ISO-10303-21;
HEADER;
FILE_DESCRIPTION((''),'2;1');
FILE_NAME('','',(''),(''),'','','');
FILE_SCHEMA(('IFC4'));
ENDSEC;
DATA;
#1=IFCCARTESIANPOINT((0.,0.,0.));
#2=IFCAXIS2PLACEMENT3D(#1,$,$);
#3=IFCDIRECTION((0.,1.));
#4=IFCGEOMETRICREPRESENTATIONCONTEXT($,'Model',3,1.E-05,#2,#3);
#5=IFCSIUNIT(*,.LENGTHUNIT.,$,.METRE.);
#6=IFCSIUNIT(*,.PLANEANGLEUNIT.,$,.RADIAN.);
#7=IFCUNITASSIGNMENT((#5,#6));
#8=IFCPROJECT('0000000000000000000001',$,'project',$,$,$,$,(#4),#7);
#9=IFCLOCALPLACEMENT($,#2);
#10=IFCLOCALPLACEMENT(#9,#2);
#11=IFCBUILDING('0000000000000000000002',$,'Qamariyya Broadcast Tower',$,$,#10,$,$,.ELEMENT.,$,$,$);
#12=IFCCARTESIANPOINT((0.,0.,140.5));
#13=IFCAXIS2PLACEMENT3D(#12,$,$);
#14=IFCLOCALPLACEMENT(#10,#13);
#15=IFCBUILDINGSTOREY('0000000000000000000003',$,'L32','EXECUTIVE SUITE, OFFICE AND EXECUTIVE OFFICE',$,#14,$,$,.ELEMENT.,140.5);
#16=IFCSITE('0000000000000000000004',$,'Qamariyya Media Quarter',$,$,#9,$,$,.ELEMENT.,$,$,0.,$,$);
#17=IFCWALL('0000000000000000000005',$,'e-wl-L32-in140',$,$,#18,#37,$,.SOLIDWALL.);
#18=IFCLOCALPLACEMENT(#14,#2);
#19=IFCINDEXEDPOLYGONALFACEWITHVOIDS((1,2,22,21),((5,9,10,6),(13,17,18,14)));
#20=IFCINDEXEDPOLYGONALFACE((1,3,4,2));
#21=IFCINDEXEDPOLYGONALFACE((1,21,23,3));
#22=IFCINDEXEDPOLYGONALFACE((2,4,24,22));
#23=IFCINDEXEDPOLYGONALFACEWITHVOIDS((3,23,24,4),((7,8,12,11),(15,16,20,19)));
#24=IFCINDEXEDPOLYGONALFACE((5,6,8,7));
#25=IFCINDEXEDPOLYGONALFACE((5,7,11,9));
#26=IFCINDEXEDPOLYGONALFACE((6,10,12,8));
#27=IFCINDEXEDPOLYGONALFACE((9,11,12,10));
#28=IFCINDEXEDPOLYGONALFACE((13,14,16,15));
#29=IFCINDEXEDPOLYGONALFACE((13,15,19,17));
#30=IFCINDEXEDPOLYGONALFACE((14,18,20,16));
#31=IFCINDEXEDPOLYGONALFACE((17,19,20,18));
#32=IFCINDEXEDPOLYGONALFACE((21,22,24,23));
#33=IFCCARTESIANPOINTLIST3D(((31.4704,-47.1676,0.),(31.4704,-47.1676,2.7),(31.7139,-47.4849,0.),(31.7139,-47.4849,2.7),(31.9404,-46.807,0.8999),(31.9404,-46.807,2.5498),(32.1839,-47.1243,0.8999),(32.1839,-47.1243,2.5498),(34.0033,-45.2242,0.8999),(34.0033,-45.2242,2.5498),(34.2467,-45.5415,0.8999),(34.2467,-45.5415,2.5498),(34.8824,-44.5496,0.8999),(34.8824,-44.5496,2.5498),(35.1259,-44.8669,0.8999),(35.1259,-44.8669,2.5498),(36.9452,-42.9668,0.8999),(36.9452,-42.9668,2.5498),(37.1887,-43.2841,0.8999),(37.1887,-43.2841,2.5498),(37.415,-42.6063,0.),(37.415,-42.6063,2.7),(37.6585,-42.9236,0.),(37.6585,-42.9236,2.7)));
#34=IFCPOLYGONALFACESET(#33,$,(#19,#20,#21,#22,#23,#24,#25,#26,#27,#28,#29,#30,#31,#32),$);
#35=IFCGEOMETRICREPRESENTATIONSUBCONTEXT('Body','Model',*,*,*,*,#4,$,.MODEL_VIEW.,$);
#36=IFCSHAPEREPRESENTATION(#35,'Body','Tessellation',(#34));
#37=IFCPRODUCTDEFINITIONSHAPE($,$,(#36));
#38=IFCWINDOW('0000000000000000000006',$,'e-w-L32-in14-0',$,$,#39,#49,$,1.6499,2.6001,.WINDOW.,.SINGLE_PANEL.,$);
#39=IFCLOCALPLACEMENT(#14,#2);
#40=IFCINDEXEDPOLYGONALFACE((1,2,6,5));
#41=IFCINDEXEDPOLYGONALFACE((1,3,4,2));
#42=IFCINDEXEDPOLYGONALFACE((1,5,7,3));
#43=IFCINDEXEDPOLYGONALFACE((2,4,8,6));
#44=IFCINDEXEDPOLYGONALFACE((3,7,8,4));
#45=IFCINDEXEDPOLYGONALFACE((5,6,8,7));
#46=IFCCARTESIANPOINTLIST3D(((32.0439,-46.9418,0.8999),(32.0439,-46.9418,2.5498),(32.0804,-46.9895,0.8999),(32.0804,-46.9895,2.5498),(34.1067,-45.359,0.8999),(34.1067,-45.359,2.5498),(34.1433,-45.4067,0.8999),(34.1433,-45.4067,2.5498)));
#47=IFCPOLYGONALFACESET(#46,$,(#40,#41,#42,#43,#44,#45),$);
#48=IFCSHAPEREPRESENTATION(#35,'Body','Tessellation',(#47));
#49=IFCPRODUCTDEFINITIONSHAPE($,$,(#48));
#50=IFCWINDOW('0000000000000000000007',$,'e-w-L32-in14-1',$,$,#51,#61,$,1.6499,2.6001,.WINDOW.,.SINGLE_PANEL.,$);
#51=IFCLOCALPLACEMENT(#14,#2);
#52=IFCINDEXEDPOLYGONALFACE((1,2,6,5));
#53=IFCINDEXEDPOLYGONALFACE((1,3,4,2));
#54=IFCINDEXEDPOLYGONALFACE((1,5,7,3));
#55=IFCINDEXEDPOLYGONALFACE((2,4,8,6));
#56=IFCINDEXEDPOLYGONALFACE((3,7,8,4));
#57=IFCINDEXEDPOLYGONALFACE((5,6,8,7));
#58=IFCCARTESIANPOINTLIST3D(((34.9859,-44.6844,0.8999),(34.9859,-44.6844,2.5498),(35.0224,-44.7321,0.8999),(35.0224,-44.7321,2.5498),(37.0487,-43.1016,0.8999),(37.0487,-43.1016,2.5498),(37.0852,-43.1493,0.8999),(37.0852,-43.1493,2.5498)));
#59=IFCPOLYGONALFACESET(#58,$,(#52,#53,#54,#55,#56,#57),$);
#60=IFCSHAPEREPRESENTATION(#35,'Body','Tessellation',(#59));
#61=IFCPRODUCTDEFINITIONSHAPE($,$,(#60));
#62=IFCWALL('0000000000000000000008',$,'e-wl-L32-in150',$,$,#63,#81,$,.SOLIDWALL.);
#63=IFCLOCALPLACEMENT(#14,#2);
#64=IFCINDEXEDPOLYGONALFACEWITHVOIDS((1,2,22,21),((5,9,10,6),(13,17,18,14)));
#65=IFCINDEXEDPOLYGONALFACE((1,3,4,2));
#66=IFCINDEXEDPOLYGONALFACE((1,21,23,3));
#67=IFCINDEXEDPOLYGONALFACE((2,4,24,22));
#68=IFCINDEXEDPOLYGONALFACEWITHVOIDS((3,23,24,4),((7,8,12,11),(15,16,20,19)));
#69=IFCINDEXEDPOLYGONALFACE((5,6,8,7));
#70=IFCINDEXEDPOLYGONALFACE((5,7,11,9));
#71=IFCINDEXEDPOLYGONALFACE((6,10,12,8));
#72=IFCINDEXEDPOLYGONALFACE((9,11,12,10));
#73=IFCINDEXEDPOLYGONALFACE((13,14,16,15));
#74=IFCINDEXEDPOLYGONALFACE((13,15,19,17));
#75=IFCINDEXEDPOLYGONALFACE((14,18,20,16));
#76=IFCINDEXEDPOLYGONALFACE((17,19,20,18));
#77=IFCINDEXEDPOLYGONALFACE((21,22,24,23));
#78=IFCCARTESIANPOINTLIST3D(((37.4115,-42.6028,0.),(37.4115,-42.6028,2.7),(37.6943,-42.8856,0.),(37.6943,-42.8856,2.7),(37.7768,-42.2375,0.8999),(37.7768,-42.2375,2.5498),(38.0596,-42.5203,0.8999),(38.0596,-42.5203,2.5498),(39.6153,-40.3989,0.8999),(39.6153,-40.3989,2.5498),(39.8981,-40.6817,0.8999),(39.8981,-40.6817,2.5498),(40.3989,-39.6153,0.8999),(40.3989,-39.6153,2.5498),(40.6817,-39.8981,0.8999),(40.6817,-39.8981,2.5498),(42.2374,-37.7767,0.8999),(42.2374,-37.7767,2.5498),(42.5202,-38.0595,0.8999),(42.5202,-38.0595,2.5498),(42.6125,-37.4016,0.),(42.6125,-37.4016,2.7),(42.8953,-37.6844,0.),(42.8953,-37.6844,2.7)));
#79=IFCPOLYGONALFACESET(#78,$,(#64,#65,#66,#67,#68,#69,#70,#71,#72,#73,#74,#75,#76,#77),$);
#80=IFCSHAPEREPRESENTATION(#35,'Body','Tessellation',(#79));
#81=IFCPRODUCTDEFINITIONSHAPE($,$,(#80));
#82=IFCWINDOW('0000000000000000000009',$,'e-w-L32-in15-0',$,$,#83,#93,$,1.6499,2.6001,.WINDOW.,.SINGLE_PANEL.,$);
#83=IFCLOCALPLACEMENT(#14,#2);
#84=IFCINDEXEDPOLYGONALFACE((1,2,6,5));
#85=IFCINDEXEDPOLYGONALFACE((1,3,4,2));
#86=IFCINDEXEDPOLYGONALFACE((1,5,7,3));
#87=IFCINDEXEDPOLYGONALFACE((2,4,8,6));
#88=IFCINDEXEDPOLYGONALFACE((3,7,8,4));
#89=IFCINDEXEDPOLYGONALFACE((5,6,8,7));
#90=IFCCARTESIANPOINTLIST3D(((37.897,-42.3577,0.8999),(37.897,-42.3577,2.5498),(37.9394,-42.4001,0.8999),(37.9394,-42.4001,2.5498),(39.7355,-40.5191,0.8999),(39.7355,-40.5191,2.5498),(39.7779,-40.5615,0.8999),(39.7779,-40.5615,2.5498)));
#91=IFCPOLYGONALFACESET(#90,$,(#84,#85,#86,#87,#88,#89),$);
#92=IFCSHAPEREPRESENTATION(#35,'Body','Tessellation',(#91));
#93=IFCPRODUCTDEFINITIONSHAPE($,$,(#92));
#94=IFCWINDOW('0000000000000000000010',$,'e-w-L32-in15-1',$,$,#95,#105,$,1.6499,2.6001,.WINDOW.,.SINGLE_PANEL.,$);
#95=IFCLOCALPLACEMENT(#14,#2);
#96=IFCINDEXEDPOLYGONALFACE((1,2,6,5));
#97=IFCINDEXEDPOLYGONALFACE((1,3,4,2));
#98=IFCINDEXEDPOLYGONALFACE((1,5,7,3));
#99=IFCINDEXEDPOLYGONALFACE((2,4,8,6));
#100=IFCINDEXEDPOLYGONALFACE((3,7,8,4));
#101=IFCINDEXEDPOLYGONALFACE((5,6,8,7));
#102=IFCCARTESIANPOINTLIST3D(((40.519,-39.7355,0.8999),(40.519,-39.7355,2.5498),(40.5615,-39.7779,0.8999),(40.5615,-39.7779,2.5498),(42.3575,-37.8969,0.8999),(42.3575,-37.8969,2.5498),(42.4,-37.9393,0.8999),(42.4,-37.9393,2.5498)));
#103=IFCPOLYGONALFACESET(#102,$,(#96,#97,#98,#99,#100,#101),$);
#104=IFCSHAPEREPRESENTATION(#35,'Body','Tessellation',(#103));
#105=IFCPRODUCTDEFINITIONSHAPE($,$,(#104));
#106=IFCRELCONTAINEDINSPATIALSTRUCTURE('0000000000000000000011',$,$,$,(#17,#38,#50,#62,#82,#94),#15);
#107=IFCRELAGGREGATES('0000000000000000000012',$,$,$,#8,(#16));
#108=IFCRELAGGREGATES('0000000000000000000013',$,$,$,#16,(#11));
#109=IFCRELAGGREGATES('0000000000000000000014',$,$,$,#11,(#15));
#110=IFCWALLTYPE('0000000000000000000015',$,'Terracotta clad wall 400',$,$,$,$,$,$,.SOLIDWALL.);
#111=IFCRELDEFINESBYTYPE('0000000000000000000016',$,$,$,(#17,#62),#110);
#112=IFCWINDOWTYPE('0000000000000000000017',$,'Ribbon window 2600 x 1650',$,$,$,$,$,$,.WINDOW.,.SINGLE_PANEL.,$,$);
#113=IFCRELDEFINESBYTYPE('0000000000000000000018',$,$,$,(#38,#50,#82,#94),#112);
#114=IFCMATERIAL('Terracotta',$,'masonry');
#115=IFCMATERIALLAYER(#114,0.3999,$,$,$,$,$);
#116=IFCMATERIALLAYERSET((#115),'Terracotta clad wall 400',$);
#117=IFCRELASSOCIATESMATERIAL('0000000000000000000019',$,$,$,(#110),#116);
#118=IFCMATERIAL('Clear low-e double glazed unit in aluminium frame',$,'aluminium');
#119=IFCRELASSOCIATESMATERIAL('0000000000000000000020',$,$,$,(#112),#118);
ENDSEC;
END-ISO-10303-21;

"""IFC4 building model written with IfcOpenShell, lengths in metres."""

from ifc_helpers import new_model, si_unit, direction, frame, frame_2d, origin, place, context, subcontext, project, spatial, rectangle, extrude, material, layer, layer_set, type_object, element, fill, save


model = new_model("IFC4")

# Units and contexts
model_context = context("Model", 3, precision=1e-05, world=origin(), true_north=direction((0.0, 1.0)))
body_context = subcontext(model_context, "Body", "Model", "MODEL_VIEW")
ifc_project = project(units=[si_unit("LENGTHUNIT", "METRE"), si_unit("PLANEANGLEUNIT", "RADIAN")], contexts=[model_context])

# Site, building, storey
site_placement = place(None, origin())
site = spatial("IfcSite", under=ifc_project, at=site_placement, Name="Qamariyya Media Quarter", CompositionType="ELEMENT", RefElevation=0.0)
building_placement = place(site_placement, origin())
building = spatial("IfcBuilding", under=site, at=building_placement, Name="Qamariyya Broadcast Tower", CompositionType="ELEMENT")
storey_placement = place(building_placement, frame((0.0, 0.0, 140.5)))
storey = spatial("IfcBuildingStorey", under=building, at=storey_placement, Name="L32", Description="EXECUTIVE SUITE, OFFICE AND EXECUTIVE OFFICE", CompositionType="ELEMENT", Elevation=140.5)

# Walls, openings, windows
ifc_material_1 = material(Name="Terracotta", Category="masonry")
ifc_layer_1 = layer(ifc_material_1, 0.3999)
ifc_layer_set_1 = layer_set([ifc_layer_1], Name="Terracotta clad wall 400")
wall_type_1 = type_object("IfcWallType", Name="Terracotta clad wall 400", PredefinedType="SOLIDWALL", material=ifc_layer_set_1)
ifc_material_2 = material(Name="Clear low-e double glazed unit in aluminium frame", Category="aluminium")
window_type = type_object("IfcWindowType", Name="Ribbon window 2600 x 1650", PartitioningType="SINGLE_PANEL", PredefinedType="WINDOW", material=ifc_material_2)
wall_1_placement = place(storey_placement, frame((37.5369, -42.7649, 0.0), z_axis=(0.0, 0.0, 1.0), x_axis=(-0.793363, -0.608748, 0.0)))
wall_1 = element("IfcWall", 1, at=wall_1_placement, inside=storey, type_object=wall_type_1, Name="e-wl-L32-in140", PredefinedType="SOLIDWALL", context=body_context, shape_type="SweptSolid", body=[
    extrude(rectangle(XDim=7.4929, YDim=0.3999, at=frame_2d((3.7466, 0.0))), origin(), (0.0, 0.0, 1.0), 2.7),
])
opening_1_placement = place(wall_1_placement, frame((4.3005, 0.0, 0.8999)))
opening_1 = element("IfcOpeningElement", 2, at=opening_1_placement, cuts=wall_1, PredefinedType="OPENING", context=body_context, shape_type="SweptSolid", body=[
    extrude(rectangle(XDim=2.6001, YDim=1.6499, at=frame_2d((1.3, 0.825))), frame((0.0, 0.21, 0.0), z_axis=(0.0, -1.0, 0.0), x_axis=(1.0, 0.0, 0.0)), (0.0, 0.0, 1.0), 0.4199),
])
opening_2_placement = place(wall_1_placement, frame((0.5923, 0.0, 0.8999)))
opening_2 = element("IfcOpeningElement", 3, at=opening_2_placement, cuts=wall_1, PredefinedType="OPENING", context=body_context, shape_type="SweptSolid", body=[
    extrude(rectangle(XDim=2.6001, YDim=1.6499, at=frame_2d((1.3, 0.825))), frame((0.0, 0.21, 0.0), z_axis=(0.0, -1.0, 0.0), x_axis=(1.0, 0.0, 0.0)), (0.0, 0.0, 1.0), 0.4199),
])
window_1_placement = place(opening_1_placement, origin())
window_1 = element("IfcWindow", 4, at=window_1_placement, inside=storey, type_object=window_type, Name="e-w-L32-in14-0", OverallHeight=1.6499, OverallWidth=2.6001, PartitioningType="SINGLE_PANEL", PredefinedType="WINDOW", context=body_context, shape_type="SweptSolid", body=[
    extrude(rectangle(XDim=2.6001, YDim=1.6499, at=frame_2d((1.3, 0.825))), frame((0.0, 0.03, 0.0), z_axis=(0.0, -1.0, 0.0), x_axis=(1.0, 0.0, 0.0)), (0.0, 0.0, 1.0), 0.0601),
])
fill(opening_1, window_1)
window_2_placement = place(opening_2_placement, origin())
window_2 = element("IfcWindow", 5, at=window_2_placement, inside=storey, type_object=window_type, Name="e-w-L32-in14-1", OverallHeight=1.6499, OverallWidth=2.6001, PartitioningType="SINGLE_PANEL", PredefinedType="WINDOW", context=body_context, shape_type="SweptSolid", body=[
    extrude(rectangle(XDim=2.6001, YDim=1.6499, at=frame_2d((1.3, 0.825))), frame((0.0, 0.03, 0.0), z_axis=(0.0, -1.0, 0.0), x_axis=(1.0, 0.0, 0.0)), (0.0, 0.0, 1.0), 0.0601),
])
fill(opening_2, window_2)
wall_2_placement = place(storey_placement, frame((42.7539, -37.543, 0.0), z_axis=(0.0, 0.0, 1.0), x_axis=(-0.70709, -0.707123, 0.0)))
wall_2 = element("IfcWall", 6, at=wall_2_placement, inside=storey, type_object=wall_type_1, Name="e-wl-L32-in150", PredefinedType="SOLIDWALL", context=body_context, shape_type="SweptSolid", body=[
    extrude(rectangle(XDim=7.3555, YDim=0.3999, at=frame_2d((3.6777, 0.0))), origin(), (0.0, 0.0, 1.0), 2.7),
])
opening_3_placement = place(wall_2_placement, frame((4.2388, 0.0, 0.8999)))
opening_3 = element("IfcOpeningElement", 7, at=opening_3_placement, cuts=wall_2, PredefinedType="OPENING", context=body_context, shape_type="SweptSolid", body=[
    extrude(rectangle(XDim=2.6001, YDim=1.6499, at=frame_2d((1.3, 0.825))), frame((0.0, 0.21, 0.0), z_axis=(0.0, -1.0, 0.0), x_axis=(1.0, 0.0, 0.0)), (0.0, 0.0, 1.0), 0.4199),
])
opening_4_placement = place(wall_2_placement, frame((0.5305, 0.0, 0.8999)))
opening_4 = element("IfcOpeningElement", 8, at=opening_4_placement, cuts=wall_2, PredefinedType="OPENING", context=body_context, shape_type="SweptSolid", body=[
    extrude(rectangle(XDim=2.6001, YDim=1.6499, at=frame_2d((1.3, 0.825))), frame((0.0, 0.21, 0.0), z_axis=(0.0, -1.0, 0.0), x_axis=(1.0, 0.0, 0.0)), (0.0, 0.0, 1.0), 0.4199),
])
window_3_placement = place(opening_3_placement, origin())
window_3 = element("IfcWindow", 9, at=window_3_placement, inside=storey, type_object=window_type, Name="e-w-L32-in15-0", OverallHeight=1.6499, OverallWidth=2.6001, PartitioningType="SINGLE_PANEL", PredefinedType="WINDOW", context=body_context, shape_type="SweptSolid", body=[
    extrude(rectangle(XDim=2.6001, YDim=1.6499, at=frame_2d((1.3, 0.825))), frame((0.0, 0.03, 0.0), z_axis=(0.0, -1.0, 0.0), x_axis=(1.0, 0.0, 0.0)), (0.0, 0.0, 1.0), 0.0601),
])
fill(opening_3, window_3)
window_4_placement = place(opening_4_placement, origin())
window_4 = element("IfcWindow", 10, at=window_4_placement, inside=storey, type_object=window_type, Name="e-w-L32-in15-1", OverallHeight=1.6499, OverallWidth=2.6001, PartitioningType="SINGLE_PANEL", PredefinedType="WINDOW", context=body_context, shape_type="SweptSolid", body=[
    extrude(rectangle(XDim=2.6001, YDim=1.6499, at=frame_2d((1.3, 0.825))), frame((0.0, 0.03, 0.0), z_axis=(0.0, -1.0, 0.0), x_axis=(1.0, 0.0, 0.0)), (0.0, 0.0, 1.0), 0.0601),
])
fill(opening_4, window_4)

save(model, "model.ifc")
